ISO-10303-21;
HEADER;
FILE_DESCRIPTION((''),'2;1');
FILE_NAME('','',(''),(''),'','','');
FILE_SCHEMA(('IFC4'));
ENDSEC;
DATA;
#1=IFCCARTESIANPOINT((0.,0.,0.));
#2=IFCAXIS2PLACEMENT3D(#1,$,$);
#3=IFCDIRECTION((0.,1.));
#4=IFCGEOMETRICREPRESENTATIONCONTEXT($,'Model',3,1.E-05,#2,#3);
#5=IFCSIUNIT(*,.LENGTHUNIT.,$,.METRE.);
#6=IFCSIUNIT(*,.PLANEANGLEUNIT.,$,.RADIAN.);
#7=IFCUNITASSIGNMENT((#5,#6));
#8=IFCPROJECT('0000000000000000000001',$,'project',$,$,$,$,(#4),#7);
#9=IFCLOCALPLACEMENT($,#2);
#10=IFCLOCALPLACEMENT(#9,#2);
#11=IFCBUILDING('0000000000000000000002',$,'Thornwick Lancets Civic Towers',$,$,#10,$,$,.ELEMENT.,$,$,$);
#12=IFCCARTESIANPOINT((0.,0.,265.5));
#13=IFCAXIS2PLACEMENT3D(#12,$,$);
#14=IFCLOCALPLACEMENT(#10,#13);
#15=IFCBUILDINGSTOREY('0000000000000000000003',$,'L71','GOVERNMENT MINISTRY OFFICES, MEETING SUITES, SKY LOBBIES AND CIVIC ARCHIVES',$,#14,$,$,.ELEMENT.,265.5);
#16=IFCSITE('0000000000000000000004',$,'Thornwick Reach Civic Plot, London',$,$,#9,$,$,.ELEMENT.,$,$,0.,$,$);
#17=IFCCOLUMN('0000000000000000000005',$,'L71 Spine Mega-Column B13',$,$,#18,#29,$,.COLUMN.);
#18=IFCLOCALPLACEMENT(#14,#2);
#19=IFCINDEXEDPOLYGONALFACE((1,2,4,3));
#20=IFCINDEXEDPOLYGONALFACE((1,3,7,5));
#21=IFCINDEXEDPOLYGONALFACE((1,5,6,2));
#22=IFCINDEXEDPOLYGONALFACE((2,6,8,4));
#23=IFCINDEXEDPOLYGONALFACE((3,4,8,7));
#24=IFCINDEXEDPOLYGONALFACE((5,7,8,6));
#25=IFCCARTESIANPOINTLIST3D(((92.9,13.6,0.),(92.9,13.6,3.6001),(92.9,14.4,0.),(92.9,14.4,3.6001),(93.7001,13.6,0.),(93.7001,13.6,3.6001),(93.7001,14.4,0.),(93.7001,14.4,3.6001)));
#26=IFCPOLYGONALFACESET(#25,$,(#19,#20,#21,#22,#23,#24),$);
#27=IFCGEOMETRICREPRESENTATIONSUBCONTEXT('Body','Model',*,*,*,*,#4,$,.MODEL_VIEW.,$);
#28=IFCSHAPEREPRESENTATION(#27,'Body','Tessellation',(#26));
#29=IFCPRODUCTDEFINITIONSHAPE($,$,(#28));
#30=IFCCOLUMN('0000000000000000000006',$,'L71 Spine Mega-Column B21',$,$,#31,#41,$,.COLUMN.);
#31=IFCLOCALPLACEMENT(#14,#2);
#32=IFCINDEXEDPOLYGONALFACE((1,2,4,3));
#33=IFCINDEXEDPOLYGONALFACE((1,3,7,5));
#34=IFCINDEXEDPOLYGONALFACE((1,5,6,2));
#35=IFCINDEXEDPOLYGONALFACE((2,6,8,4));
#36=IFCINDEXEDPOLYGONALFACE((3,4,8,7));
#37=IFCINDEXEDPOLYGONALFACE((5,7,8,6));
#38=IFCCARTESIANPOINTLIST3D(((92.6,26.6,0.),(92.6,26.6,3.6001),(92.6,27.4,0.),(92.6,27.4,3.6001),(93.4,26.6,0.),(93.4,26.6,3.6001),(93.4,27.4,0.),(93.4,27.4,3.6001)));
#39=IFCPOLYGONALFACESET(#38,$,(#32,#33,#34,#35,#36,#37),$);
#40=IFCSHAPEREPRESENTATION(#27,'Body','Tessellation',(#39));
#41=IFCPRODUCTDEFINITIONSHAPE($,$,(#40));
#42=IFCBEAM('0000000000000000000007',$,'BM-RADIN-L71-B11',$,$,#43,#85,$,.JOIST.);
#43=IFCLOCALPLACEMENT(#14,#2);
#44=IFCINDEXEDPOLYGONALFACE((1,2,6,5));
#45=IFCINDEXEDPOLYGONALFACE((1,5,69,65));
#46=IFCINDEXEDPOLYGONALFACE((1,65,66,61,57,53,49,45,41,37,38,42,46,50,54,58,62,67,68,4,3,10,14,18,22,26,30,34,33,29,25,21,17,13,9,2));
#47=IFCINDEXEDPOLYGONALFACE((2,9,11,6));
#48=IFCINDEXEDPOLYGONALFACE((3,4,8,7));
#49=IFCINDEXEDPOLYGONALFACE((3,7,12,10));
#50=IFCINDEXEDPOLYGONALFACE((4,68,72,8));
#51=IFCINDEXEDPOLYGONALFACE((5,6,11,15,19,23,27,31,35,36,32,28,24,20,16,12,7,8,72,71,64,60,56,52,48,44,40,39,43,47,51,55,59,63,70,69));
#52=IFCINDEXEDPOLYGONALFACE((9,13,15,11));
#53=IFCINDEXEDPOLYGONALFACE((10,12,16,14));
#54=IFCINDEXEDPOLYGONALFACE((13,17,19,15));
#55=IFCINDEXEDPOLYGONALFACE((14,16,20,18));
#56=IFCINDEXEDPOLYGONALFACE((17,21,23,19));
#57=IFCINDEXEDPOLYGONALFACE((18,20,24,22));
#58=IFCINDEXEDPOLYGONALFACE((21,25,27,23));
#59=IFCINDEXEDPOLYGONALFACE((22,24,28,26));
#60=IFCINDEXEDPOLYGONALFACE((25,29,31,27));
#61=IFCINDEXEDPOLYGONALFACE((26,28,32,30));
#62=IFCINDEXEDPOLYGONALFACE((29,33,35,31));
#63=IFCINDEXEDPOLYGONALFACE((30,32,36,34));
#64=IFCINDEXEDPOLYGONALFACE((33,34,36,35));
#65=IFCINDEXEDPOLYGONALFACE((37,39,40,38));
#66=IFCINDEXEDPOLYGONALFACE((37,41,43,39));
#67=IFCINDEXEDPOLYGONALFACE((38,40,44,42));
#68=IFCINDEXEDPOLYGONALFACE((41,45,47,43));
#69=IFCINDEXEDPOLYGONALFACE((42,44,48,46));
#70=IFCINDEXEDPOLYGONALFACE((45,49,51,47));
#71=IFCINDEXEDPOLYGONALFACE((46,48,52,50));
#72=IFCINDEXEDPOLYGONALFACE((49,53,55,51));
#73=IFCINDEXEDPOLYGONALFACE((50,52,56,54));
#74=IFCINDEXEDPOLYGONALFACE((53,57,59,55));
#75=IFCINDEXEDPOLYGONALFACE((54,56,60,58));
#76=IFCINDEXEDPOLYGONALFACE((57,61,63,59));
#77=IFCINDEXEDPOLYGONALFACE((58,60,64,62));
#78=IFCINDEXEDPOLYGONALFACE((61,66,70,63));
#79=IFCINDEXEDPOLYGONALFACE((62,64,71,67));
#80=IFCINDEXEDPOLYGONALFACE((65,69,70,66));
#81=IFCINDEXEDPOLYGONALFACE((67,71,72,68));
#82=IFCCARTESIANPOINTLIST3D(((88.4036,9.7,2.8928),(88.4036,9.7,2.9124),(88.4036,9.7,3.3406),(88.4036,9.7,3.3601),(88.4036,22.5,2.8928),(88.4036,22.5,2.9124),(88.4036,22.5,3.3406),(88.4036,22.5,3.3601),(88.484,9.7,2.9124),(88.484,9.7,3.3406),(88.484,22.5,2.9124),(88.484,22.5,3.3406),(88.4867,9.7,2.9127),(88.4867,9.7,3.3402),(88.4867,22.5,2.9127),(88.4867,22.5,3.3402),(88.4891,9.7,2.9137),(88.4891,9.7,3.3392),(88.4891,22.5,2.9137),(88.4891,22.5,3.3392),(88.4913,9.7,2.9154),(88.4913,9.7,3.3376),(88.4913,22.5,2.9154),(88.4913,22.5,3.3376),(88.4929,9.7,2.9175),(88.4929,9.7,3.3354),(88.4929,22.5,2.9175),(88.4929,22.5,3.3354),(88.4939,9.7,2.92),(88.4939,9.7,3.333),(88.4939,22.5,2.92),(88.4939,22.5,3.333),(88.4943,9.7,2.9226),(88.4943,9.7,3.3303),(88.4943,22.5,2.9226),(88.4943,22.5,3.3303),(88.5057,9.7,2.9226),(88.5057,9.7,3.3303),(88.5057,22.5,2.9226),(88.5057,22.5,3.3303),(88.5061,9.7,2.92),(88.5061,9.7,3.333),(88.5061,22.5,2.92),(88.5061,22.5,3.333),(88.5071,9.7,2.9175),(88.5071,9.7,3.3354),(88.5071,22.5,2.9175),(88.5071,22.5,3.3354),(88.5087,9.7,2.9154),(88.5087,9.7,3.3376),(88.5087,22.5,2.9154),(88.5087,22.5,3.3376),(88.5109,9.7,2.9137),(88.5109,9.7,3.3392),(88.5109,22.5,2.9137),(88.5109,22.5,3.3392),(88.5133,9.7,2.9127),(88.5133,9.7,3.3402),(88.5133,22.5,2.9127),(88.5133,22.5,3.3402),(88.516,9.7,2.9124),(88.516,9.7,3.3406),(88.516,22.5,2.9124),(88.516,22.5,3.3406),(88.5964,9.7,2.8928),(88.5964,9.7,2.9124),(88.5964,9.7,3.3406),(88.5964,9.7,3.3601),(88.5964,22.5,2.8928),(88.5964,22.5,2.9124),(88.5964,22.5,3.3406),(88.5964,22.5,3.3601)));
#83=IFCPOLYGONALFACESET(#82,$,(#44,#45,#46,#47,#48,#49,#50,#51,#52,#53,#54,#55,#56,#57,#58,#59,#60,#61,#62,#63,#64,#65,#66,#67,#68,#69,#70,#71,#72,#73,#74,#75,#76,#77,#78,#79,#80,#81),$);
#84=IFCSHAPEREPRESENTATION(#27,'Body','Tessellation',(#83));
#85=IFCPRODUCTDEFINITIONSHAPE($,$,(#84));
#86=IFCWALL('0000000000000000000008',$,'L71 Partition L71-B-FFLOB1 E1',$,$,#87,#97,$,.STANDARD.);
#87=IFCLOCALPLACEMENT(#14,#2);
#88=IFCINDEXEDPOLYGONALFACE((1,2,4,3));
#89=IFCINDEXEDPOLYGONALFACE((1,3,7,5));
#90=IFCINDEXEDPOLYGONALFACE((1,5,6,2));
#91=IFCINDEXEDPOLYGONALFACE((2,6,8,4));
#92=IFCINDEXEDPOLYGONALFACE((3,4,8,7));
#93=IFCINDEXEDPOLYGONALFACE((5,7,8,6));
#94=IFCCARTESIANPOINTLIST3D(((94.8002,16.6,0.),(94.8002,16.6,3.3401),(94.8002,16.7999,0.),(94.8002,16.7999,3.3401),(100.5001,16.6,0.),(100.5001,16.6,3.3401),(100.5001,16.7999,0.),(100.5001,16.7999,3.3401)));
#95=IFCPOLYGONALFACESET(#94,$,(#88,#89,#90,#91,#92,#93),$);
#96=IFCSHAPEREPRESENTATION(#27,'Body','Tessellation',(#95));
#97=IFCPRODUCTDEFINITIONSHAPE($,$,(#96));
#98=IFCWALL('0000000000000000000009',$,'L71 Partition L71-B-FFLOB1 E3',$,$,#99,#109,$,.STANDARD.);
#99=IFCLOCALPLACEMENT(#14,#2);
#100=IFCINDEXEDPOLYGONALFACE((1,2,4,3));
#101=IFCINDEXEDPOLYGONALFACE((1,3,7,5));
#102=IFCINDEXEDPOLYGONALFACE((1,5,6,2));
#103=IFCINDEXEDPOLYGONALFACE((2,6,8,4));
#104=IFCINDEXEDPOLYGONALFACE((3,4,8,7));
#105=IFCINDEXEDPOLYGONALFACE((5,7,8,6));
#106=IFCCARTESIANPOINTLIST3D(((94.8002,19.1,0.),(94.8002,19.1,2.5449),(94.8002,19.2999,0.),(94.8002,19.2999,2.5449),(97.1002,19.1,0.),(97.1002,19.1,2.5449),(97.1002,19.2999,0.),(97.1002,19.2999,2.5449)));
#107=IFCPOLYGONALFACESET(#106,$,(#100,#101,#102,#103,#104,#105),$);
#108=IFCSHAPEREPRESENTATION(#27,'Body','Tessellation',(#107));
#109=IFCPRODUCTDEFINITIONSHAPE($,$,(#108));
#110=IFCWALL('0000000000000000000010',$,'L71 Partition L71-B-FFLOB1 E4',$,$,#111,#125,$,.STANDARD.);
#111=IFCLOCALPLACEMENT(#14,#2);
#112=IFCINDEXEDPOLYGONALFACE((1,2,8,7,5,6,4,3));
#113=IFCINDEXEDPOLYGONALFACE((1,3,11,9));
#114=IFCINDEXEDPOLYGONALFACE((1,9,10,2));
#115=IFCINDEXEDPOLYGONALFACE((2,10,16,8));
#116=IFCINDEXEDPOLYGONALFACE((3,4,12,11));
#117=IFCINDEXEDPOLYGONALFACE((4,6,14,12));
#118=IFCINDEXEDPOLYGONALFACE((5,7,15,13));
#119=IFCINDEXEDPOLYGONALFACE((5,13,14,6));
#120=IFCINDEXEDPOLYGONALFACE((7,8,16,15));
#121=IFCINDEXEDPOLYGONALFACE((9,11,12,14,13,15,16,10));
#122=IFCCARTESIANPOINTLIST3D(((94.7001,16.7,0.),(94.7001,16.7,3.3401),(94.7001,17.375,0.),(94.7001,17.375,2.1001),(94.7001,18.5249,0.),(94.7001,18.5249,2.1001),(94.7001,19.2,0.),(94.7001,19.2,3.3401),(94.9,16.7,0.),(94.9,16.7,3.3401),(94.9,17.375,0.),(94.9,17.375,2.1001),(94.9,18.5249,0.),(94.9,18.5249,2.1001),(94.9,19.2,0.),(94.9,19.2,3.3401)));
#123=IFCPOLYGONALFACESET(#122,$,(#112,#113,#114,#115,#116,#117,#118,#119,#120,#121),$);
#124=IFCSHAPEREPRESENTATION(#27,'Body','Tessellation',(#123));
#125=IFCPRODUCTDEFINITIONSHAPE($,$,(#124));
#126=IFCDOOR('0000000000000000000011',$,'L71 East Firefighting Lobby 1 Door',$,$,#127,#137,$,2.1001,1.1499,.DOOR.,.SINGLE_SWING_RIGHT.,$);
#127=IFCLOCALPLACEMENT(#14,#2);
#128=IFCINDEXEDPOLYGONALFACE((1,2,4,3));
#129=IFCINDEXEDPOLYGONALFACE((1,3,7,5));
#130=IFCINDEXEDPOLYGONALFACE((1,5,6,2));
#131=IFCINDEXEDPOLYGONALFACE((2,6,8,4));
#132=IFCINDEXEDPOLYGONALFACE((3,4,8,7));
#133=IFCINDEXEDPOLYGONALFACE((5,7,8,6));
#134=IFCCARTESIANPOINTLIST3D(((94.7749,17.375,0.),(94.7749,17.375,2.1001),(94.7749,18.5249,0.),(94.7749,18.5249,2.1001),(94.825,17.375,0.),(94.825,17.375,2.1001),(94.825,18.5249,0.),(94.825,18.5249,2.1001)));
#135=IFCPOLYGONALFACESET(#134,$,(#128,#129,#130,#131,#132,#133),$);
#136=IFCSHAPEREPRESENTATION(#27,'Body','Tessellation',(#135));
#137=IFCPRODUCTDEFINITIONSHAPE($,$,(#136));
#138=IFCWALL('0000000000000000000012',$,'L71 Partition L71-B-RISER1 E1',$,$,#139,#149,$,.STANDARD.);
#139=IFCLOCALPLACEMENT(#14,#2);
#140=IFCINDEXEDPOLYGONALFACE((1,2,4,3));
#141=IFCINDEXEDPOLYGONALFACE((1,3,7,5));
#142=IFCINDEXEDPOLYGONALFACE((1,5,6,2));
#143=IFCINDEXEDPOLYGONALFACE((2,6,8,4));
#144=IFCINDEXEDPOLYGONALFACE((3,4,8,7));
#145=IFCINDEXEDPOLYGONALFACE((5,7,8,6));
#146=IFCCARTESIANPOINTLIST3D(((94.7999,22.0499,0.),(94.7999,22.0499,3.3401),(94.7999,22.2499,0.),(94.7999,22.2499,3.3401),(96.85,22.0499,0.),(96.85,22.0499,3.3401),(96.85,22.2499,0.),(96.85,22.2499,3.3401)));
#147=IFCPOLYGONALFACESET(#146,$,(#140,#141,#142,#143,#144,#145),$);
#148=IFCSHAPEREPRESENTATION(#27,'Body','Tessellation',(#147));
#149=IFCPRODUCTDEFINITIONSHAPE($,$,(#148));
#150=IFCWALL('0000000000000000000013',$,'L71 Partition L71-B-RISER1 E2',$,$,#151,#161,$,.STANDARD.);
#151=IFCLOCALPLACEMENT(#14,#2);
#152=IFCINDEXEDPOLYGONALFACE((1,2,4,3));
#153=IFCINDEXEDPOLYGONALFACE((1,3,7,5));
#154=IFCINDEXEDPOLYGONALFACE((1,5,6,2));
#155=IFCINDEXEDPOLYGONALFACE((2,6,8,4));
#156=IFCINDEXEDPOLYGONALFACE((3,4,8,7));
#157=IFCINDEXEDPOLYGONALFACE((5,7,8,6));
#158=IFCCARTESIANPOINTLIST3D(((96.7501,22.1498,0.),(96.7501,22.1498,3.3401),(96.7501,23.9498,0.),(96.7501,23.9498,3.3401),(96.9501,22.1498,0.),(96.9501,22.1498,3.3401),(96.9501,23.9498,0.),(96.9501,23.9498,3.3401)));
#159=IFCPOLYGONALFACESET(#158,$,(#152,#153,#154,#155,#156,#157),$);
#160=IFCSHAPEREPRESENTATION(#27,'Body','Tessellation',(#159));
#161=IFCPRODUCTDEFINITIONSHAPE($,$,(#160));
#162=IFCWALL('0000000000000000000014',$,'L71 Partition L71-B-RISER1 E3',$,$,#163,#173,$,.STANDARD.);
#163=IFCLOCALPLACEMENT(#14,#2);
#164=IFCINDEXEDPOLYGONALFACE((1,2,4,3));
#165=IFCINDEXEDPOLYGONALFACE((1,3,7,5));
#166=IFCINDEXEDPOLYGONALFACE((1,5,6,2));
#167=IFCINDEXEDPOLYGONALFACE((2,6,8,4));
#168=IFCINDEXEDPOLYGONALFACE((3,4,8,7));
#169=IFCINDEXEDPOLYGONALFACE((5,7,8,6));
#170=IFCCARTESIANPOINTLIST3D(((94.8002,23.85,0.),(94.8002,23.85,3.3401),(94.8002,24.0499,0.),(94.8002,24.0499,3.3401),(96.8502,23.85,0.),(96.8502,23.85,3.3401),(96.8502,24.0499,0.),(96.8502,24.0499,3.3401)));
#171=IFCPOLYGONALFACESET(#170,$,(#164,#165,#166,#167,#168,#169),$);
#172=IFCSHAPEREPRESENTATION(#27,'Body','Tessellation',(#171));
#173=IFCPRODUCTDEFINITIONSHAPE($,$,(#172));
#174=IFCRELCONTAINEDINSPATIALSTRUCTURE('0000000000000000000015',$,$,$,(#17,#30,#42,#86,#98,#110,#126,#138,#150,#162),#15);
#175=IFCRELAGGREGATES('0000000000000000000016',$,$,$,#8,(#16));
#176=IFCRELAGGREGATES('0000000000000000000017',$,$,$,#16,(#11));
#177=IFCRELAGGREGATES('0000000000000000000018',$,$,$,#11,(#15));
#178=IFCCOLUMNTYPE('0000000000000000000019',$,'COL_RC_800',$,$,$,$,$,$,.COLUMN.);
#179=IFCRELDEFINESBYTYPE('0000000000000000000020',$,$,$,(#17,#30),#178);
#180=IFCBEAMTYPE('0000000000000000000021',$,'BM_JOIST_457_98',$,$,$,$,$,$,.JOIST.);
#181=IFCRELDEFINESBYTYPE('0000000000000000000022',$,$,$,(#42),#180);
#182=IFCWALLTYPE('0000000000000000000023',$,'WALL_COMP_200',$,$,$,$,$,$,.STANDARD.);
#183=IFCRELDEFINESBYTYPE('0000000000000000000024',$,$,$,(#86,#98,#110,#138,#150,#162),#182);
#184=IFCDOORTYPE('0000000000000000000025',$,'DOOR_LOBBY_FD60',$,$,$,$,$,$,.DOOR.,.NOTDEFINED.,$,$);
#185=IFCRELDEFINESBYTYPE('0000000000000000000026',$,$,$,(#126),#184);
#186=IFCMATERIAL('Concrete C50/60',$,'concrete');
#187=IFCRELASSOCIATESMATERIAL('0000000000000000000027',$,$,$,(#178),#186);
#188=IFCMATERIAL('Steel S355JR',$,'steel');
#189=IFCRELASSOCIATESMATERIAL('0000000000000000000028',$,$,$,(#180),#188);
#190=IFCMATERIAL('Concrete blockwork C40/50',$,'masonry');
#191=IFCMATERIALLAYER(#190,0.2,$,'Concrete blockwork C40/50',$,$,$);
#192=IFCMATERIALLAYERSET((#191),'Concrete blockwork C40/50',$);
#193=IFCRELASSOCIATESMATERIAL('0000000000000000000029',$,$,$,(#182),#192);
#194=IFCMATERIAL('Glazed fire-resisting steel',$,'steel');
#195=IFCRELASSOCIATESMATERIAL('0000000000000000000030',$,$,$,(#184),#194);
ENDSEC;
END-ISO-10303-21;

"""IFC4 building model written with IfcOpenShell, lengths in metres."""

from ifc_helpers import new_model, si_unit, direction, frame, frame_2d, origin, origin_2d, place, context, subcontext, project, spatial, rectangle, i_section, extrude, material, layer, layer_set, material_profile, profile_set, type_object, element, fill, save


model = new_model("IFC4")

# Units and contexts
model_context = context("Model", 3, precision=1e-05, world=origin(), true_north=direction((0.0, 1.0)))
body_context = subcontext(model_context, "Body", "Model", "MODEL_VIEW")
ifc_project = project(units=[si_unit("LENGTHUNIT", "METRE"), si_unit("PLANEANGLEUNIT", "RADIAN")], contexts=[model_context])

# Site, building, storey
site_placement = place(None, origin())
site = spatial("IfcSite", under=ifc_project, at=site_placement, Name="Thornwick Reach Civic Plot, London", CompositionType="ELEMENT", RefElevation=0.0)
building_placement = place(site_placement, origin())
building = spatial("IfcBuilding", under=site, at=building_placement, Name="Thornwick Lancets Civic Towers", CompositionType="ELEMENT")
storey_placement = place(building_placement, frame((0.0, 0.0, 265.5)))
storey = spatial("IfcBuildingStorey", under=building, at=storey_placement, Name="L71", Description="GOVERNMENT MINISTRY OFFICES, MEETING SUITES, SKY LOBBIES AND CIVIC ARCHIVES", CompositionType="ELEMENT", Elevation=265.5)

# Columns
ifc_material_1 = material(Name="Concrete C50/60", Category="concrete")
ifc_material_profile_1 = material_profile(ifc_material_1, rectangle(XDim=0.8, YDim=0.8, at=origin_2d()), Name="RC 800x800")
ifc_profile_set_1 = profile_set([ifc_material_profile_1], Name="Concrete C50/60")
column_type = type_object("IfcColumnType", Name="COL_RC_800", PredefinedType="COLUMN", material=ifc_profile_set_1)
for number, where, z_axis, x_axis, name in (
    (1, (93.3, 14.0, 0.0), (0.0, 0.0, 1.0), (1.0, 0.0, 0.0), "L71 Spine Mega-Column B13"),
    (2, (93.0, 27.0, 0.0), (0.0, 0.0, 1.0), (1.0, 0.0, 0.0), "L71 Spine Mega-Column B21"),
):
    element("IfcColumn", number, at=place(storey_placement, frame(where, z_axis=z_axis, x_axis=x_axis)), inside=storey, type_object=column_type, Name=name, PredefinedType="COLUMN", context=body_context, shape_type="SweptSolid", body=[
        extrude(rectangle(XDim=0.8, YDim=0.8, at=origin_2d()), origin(), (0.0, 0.0, 1.0), 3.6001),
    ])

# Beam
ifc_material_2 = material(Name="Steel S355JR", Category="steel")
ifc_material_profile_2 = material_profile(ifc_material_2, i_section(OverallWidth=0.1929, OverallDepth=0.4673, WebThickness=0.0115, FlangeThickness=0.0195, FilletRadius=0.0103, at=origin_2d()), Name="UKB 457x191x98")
ifc_profile_set_2 = profile_set([ifc_material_profile_2], Name="Steel S355JR")
beam_type = type_object("IfcBeamType", Name="BM_JOIST_457_98", PredefinedType="JOIST", material=ifc_profile_set_2)
beam_placement = place(storey_placement, frame((88.5, 22.5, 3.1265), z_axis=(0.0, -1.0, 0.0), x_axis=(1.0, 0.0, 0.0)))
element("IfcBeam", 3, at=beam_placement, inside=storey, type_object=beam_type, Name="BM-RADIN-L71-B11", PredefinedType="JOIST", context=body_context, shape_type="SweptSolid", body=[
    extrude(i_section(OverallWidth=0.1929, OverallDepth=0.4673, WebThickness=0.0115, FlangeThickness=0.0195, FilletRadius=0.0103, at=origin_2d()), origin(), (0.0, 0.0, 1.0), 12.8),
])

# Walls
ifc_material_3 = material(Name="Concrete blockwork C40/50", Category="masonry")
ifc_layer_1 = layer(ifc_material_3, 0.2, Name="Concrete blockwork C40/50")
ifc_layer_set_1 = layer_set([ifc_layer_1], Name="Concrete blockwork C40/50")
wall_type_1 = type_object("IfcWallType", Name="WALL_COMP_200", PredefinedType="STANDARD", material=ifc_layer_set_1)
wall_1_placement = place(storey_placement, frame((94.8, 16.7, 0.0), z_axis=(0.0, 0.0, 1.0), x_axis=(1.0, 0.0, 0.0)))
element("IfcWall", 4, at=wall_1_placement, inside=storey, type_object=wall_type_1, Name="L71 Partition L71-B-FFLOB1 E1", PredefinedType="STANDARD", context=body_context, shape_type="SweptSolid", body=[
    extrude(rectangle(XDim=5.7, YDim=0.2, at=frame_2d((2.8501, 0.0))), origin(), (0.0, 0.0, 1.0), 3.3401),
])
wall_2_placement = place(storey_placement, frame((97.1001, 19.2, 0.0), z_axis=(0.0, 0.0, 1.0), x_axis=(-1.0, 0.0, 0.0)))
element("IfcWall", 5, at=wall_2_placement, inside=storey, type_object=wall_type_1, Name="L71 Partition L71-B-FFLOB1 E3", PredefinedType="STANDARD", context=body_context, shape_type="SweptSolid", body=[
    extrude(rectangle(XDim=2.3, YDim=0.2, at=frame_2d((1.1499, 0.0))), origin(), (0.0, 0.0, 1.0), 2.5449),
])

# Wall, opening, door
wall_3_placement = place(storey_placement, frame((94.8, 19.2, 0.0), z_axis=(0.0, 0.0, 1.0), x_axis=(0.0, -1.0, 0.0)))
wall_3 = element("IfcWall", 6, at=wall_3_placement, inside=storey, type_object=wall_type_1, Name="L71 Partition L71-B-FFLOB1 E4", PredefinedType="STANDARD", context=body_context, shape_type="SweptSolid", body=[
    extrude(rectangle(XDim=2.5, YDim=0.2, at=frame_2d((1.25, 0.0))), origin(), (0.0, 0.0, 1.0), 3.3401),
])
opening_1_placement = place(wall_3_placement, frame((0.675, 0.0, 0.0)))
opening_1 = element("IfcOpeningElement", 7, at=opening_1_placement, cuts=wall_3, PredefinedType="OPENING", context=body_context, shape_type="SweptSolid", body=[
    extrude(rectangle(XDim=1.1499, YDim=2.1001, at=frame_2d((0.575, 1.05))), frame((0.0, 0.1099, 0.0), z_axis=(0.0, -1.0, 0.0), x_axis=(1.0, 0.0, 0.0)), (0.0, 0.0, 1.0), 0.22),
])
ifc_material_4 = material(Name="Glazed fire-resisting steel", Category="steel")
door_type_1 = type_object("IfcDoorType", Name="DOOR_LOBBY_FD60", OperationType="NOTDEFINED", PredefinedType="DOOR", material=ifc_material_4)
door_1_placement = place(opening_1_placement, origin())
door_1 = element("IfcDoor", 8, at=door_1_placement, inside=storey, type_object=door_type_1, Name="L71 East Firefighting Lobby 1 Door", OperationType="SINGLE_SWING_RIGHT", OverallHeight=2.1001, OverallWidth=1.1499, PredefinedType="DOOR", context=body_context, shape_type="SweptSolid", body=[
    extrude(rectangle(XDim=1.1499, YDim=2.1001, at=frame_2d((0.575, 1.05))), frame((0.0, 0.0249, 0.0), z_axis=(0.0, -1.0, 0.0), x_axis=(1.0, 0.0, 0.0)), (0.0, 0.0, 1.0), 0.05),
])
fill(opening_1, door_1)

# Walls
wall_4_placement = place(storey_placement, frame((94.8, 22.1499, 0.0), z_axis=(0.0, 0.0, 1.0), x_axis=(1.0, 0.0, 0.0)))
element("IfcWall", 9, at=wall_4_placement, inside=storey, type_object=wall_type_1, Name="L71 Partition L71-B-RISER1 E1", PredefinedType="STANDARD", context=body_context, shape_type="SweptSolid", body=[
    extrude(rectangle(XDim=2.05, YDim=0.2, at=frame_2d((1.0249, 0.0))), origin(), (0.0, 0.0, 1.0), 3.3401),
])
wall_5_placement = place(storey_placement, frame((96.8501, 22.1499, 0.0), z_axis=(0.0, 0.0, 1.0), x_axis=(0.0, 1.0, 0.0)))
element("IfcWall", 10, at=wall_5_placement, inside=storey, type_object=wall_type_1, Name="L71 Partition L71-B-RISER1 E2", PredefinedType="STANDARD", context=body_context, shape_type="SweptSolid", body=[
    extrude(rectangle(XDim=1.8, YDim=0.2, at=frame_2d((0.8999, 0.0))), origin(), (0.0, 0.0, 1.0), 3.3401),
])
wall_6_placement = place(storey_placement, frame((96.8501, 23.95, 0.0), z_axis=(0.0, 0.0, 1.0), x_axis=(-1.0, 0.0, 0.0)))
element("IfcWall", 11, at=wall_6_placement, inside=storey, type_object=wall_type_1, Name="L71 Partition L71-B-RISER1 E3", PredefinedType="STANDARD", context=body_context, shape_type="SweptSolid", body=[
    extrude(rectangle(XDim=2.05, YDim=0.2, at=frame_2d((1.0249, 0.0))), origin(), (0.0, 0.0, 1.0), 3.3401),
])

save(model, "model.ifc")
